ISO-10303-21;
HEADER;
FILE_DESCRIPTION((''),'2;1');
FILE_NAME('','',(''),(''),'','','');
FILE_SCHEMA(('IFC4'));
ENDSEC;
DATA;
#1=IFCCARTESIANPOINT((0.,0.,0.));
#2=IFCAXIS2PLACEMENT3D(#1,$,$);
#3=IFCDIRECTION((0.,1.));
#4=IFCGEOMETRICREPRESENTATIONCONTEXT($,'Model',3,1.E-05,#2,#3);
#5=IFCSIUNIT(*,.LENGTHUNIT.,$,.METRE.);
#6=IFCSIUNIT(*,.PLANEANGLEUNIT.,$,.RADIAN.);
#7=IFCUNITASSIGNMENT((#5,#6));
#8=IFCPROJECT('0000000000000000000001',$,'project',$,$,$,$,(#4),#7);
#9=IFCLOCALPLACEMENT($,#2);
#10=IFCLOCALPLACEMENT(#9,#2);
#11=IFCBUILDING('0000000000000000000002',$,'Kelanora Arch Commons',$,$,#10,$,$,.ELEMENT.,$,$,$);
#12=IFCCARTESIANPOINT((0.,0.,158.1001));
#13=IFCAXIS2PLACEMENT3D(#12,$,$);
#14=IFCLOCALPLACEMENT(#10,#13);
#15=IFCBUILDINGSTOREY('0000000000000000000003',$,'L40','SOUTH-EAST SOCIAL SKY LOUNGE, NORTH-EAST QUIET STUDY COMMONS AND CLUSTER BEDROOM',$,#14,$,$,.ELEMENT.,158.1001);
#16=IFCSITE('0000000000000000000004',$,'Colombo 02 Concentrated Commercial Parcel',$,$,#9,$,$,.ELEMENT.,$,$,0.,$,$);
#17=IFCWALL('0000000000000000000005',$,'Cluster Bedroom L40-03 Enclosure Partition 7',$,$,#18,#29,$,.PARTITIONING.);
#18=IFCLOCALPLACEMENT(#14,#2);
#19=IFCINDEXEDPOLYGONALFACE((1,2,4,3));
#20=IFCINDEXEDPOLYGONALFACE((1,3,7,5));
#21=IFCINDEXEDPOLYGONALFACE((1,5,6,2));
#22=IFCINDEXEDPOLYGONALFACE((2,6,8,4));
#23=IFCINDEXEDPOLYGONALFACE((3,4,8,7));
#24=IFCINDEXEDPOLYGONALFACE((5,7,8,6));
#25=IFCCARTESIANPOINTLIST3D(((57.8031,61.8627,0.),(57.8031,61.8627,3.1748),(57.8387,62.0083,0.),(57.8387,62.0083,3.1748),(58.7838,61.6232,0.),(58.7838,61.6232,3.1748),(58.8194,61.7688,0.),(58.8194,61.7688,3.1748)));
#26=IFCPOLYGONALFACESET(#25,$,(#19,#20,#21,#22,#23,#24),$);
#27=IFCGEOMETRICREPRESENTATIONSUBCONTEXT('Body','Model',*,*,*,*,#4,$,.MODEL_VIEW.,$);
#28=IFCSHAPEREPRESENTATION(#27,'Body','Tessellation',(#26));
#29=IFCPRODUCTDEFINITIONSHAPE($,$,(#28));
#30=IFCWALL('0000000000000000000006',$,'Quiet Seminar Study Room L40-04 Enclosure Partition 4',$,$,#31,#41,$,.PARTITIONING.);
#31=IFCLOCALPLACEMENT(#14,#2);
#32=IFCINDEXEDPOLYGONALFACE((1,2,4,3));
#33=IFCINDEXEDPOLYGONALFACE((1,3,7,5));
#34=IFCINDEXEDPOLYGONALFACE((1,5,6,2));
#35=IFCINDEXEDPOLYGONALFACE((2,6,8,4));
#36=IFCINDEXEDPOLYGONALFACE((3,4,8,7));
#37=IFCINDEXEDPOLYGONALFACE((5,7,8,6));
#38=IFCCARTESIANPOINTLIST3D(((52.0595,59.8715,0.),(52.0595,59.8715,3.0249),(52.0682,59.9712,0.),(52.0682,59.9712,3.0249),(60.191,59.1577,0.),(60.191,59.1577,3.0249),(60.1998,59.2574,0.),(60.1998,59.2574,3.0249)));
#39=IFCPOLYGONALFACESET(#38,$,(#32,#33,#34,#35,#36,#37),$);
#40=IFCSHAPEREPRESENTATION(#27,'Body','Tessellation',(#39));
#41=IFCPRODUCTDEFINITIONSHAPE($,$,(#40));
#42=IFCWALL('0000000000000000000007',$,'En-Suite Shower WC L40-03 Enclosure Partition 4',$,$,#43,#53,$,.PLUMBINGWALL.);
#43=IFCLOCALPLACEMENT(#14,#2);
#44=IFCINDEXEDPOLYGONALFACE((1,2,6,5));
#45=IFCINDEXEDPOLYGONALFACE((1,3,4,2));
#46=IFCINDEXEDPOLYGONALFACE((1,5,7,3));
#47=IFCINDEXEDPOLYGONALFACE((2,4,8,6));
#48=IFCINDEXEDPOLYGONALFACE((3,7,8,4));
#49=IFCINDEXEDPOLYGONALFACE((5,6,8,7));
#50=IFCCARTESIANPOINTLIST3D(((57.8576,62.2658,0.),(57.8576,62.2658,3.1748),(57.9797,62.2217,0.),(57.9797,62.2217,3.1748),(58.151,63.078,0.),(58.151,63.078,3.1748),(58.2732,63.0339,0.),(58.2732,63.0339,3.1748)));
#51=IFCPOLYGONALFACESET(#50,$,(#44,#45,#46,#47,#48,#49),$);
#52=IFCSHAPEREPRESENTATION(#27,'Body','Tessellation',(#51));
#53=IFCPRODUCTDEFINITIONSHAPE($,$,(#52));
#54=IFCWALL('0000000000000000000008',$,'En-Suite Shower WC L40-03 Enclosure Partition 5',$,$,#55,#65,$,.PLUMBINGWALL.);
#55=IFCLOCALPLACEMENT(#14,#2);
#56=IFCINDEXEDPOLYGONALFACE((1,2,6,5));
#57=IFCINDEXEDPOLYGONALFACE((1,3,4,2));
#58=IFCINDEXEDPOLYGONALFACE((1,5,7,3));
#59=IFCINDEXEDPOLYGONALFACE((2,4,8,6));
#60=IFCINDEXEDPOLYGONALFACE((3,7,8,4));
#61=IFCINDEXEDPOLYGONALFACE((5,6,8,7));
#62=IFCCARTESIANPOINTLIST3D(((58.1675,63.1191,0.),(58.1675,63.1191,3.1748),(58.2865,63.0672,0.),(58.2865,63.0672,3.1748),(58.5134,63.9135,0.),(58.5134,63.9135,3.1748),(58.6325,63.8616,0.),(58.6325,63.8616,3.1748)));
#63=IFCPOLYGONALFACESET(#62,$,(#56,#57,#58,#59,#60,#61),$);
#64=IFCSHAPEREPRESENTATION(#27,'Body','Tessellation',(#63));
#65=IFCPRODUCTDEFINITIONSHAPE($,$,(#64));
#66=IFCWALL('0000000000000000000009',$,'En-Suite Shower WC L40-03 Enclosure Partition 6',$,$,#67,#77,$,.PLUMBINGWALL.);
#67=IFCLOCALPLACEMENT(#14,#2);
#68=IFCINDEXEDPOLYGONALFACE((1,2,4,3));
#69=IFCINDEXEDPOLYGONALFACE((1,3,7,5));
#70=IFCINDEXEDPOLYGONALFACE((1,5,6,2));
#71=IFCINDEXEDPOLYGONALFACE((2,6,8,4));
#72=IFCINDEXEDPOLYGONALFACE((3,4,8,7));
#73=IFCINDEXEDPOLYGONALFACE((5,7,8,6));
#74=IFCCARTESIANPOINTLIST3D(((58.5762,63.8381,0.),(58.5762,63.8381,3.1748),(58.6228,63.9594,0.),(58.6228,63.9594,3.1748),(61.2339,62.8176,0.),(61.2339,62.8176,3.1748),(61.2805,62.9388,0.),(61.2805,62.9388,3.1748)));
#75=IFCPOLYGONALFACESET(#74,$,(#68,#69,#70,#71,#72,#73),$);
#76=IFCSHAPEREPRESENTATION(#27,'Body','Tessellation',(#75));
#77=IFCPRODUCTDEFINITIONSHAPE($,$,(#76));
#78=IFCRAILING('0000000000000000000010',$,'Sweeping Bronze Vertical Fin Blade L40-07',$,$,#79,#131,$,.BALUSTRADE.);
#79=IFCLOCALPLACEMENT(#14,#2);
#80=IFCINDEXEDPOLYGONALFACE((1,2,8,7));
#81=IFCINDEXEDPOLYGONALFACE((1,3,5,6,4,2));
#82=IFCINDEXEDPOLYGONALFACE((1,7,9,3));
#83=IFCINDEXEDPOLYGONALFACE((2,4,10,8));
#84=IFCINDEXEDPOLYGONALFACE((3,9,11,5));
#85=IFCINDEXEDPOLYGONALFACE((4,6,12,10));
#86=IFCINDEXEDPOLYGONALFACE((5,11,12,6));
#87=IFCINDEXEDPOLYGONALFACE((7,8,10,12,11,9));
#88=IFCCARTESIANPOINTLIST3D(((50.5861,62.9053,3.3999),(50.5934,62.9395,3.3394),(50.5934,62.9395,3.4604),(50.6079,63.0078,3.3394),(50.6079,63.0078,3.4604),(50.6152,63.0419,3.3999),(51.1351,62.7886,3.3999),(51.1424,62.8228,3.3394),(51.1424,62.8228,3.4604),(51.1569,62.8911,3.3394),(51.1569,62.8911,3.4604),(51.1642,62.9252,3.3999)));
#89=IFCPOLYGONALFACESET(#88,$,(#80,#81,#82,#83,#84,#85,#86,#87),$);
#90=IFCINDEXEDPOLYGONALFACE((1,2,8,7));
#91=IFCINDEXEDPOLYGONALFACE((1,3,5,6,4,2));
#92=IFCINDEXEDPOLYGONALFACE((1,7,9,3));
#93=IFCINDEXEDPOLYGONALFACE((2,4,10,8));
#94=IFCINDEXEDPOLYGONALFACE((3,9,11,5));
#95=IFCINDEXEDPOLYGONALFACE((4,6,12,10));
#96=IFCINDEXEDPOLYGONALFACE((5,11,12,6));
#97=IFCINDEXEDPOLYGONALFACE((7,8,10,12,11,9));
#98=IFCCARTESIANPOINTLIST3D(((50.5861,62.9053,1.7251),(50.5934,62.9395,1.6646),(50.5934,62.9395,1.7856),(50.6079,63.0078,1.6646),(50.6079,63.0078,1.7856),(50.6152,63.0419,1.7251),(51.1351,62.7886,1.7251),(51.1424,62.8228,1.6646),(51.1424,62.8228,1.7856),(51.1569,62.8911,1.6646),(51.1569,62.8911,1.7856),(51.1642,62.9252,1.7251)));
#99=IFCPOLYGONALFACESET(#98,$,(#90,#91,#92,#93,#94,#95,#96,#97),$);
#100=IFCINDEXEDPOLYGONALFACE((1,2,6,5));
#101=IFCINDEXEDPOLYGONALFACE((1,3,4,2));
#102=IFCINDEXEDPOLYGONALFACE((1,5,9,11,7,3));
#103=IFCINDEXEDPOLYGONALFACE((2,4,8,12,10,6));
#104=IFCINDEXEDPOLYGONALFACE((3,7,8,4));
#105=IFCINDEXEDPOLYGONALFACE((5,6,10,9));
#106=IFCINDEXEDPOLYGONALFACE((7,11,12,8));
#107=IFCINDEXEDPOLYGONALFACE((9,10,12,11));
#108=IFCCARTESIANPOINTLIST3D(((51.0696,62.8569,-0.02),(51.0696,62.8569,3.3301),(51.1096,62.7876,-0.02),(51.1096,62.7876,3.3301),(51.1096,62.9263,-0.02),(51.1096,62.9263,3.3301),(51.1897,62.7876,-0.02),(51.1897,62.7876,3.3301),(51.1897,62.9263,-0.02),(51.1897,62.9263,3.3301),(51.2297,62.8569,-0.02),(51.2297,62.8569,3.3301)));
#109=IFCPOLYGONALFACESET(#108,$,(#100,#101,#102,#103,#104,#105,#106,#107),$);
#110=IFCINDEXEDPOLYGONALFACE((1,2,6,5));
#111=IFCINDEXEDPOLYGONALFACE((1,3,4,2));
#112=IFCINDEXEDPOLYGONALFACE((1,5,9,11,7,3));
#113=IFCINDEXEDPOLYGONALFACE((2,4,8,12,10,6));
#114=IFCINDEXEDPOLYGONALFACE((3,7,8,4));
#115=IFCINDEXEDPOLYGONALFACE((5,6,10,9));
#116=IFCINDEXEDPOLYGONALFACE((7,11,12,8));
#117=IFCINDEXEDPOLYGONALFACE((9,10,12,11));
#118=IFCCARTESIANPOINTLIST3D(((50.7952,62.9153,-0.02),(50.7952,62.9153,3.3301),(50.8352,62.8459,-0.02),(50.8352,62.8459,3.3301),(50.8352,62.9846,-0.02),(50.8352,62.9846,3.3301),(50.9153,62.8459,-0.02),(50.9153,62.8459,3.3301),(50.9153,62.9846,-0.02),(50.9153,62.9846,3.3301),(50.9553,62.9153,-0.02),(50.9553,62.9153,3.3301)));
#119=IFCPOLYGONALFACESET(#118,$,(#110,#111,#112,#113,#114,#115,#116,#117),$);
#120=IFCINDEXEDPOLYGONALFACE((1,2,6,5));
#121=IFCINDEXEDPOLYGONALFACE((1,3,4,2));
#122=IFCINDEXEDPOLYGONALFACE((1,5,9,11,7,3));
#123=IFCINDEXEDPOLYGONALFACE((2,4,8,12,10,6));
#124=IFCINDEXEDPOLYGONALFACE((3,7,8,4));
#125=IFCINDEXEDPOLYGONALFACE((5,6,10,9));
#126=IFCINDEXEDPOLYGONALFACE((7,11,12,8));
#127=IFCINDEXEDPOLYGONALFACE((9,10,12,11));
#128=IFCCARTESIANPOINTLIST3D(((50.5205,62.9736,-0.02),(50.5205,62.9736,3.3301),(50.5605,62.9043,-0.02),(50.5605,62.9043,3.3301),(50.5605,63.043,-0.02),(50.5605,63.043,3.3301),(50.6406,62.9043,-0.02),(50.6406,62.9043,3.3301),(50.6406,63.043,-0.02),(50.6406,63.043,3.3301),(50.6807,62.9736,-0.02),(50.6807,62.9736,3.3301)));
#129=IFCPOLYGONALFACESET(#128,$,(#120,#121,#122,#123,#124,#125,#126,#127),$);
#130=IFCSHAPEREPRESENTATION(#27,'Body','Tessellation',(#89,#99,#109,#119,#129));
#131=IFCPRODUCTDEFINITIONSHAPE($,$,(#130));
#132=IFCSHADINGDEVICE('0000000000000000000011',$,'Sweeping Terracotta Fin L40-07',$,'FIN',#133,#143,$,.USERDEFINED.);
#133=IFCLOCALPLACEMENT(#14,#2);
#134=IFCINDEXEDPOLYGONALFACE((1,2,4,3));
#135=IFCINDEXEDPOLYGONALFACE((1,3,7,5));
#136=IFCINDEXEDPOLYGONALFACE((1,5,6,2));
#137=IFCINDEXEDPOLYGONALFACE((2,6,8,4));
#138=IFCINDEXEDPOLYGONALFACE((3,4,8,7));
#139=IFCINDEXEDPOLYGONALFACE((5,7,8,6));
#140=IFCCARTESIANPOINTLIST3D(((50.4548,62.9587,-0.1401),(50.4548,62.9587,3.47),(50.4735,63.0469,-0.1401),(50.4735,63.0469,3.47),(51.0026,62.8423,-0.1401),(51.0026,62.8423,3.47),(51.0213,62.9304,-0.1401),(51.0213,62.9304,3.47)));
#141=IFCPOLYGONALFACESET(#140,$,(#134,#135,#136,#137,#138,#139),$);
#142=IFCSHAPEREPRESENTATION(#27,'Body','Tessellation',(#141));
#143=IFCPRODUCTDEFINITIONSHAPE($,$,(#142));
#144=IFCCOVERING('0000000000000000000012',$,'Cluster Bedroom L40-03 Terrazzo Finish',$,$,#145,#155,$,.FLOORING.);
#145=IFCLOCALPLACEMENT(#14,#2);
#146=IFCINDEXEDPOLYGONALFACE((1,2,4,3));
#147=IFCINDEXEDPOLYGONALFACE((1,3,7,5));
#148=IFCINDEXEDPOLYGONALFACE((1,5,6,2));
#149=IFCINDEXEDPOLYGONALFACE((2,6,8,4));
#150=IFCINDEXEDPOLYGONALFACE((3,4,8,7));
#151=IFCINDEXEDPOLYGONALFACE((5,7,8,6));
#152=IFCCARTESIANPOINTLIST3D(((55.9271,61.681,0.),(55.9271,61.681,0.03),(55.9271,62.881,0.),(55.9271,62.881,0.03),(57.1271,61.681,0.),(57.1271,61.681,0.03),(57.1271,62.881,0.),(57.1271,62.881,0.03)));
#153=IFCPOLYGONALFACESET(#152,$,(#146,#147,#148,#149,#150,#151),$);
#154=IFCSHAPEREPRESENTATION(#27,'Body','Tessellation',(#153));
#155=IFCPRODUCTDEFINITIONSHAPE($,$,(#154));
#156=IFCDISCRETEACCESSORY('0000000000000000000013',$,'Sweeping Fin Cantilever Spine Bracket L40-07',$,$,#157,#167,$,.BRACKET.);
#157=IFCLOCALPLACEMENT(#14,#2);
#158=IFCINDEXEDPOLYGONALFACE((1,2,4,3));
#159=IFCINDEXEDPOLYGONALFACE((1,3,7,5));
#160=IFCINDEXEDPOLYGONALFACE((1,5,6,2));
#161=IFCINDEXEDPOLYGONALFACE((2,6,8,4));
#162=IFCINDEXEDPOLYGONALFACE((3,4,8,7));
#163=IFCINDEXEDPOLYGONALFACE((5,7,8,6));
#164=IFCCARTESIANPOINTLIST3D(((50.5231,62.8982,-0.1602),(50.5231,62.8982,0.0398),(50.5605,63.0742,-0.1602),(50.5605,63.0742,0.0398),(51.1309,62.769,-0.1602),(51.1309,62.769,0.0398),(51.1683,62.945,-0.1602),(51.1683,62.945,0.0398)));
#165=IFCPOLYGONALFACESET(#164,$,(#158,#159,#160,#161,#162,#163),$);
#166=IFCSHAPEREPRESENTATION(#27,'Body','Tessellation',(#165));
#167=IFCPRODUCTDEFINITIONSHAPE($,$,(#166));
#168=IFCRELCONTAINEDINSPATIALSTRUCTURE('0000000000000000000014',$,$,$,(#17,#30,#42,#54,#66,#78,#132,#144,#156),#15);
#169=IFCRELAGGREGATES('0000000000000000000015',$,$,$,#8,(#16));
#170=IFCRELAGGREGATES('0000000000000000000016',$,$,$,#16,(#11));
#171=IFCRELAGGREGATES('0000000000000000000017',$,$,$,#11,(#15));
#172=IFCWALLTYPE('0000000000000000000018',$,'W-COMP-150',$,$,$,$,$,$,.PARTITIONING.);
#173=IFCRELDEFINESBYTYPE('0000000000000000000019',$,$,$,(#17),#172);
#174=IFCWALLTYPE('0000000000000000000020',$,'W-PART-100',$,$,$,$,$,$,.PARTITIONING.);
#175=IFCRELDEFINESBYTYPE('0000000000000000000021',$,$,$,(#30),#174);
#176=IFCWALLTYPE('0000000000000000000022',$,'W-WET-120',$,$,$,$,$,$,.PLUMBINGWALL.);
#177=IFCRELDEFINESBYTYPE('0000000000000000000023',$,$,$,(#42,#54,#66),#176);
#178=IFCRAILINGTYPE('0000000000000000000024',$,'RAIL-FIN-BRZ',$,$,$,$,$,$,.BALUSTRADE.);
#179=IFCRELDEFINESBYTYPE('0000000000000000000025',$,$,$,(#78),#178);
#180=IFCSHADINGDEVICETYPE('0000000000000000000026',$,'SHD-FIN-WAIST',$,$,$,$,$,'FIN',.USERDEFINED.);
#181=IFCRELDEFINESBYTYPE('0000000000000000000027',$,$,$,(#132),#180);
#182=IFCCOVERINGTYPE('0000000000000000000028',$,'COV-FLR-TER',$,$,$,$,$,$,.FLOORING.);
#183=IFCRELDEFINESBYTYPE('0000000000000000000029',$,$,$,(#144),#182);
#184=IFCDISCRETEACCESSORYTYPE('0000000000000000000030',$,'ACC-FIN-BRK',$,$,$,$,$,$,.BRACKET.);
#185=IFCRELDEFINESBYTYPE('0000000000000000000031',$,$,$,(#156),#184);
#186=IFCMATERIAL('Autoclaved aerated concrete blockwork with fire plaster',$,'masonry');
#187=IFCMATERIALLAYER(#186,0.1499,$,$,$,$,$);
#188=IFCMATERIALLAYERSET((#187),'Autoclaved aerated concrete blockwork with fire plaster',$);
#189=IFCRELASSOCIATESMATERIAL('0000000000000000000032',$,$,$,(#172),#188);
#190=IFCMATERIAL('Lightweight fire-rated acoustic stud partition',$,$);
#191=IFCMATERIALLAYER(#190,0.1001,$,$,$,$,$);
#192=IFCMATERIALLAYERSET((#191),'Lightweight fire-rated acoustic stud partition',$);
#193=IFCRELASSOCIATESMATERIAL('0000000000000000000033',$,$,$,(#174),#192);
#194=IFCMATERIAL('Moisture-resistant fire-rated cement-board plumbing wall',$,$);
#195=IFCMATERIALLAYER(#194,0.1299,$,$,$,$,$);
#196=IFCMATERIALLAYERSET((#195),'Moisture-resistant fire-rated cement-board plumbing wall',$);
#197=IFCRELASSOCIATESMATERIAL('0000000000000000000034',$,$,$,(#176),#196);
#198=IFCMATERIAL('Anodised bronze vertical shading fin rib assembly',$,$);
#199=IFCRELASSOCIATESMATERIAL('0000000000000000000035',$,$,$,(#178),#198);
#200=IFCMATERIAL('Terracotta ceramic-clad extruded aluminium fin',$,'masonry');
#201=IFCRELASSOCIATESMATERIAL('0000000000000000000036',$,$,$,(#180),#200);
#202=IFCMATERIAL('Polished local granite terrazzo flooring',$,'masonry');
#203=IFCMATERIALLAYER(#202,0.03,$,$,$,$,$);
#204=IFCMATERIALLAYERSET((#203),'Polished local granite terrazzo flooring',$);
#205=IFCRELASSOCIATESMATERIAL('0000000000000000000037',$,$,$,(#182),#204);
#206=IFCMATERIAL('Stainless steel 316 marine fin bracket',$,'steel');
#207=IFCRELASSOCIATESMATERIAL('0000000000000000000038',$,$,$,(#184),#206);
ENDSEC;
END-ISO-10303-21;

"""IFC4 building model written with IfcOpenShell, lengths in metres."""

from ifc_helpers import new_model, si_unit, direction, frame, frame_2d, origin, origin_2d, place, context, subcontext, project, spatial, polyline, rectangle, outline, extrude, source, transform, mapped, material, layer, layer_set, type_object, element, save


model = new_model("IFC4")

# Units and contexts
model_context = context("Model", 3, precision=1e-05, world=origin(), true_north=direction((0.0, 1.0)))
body_context = subcontext(model_context, "Body", "Model", "MODEL_VIEW")
ifc_project = project(units=[si_unit("LENGTHUNIT", "METRE"), si_unit("PLANEANGLEUNIT", "RADIAN")], contexts=[model_context])

# Site, building, storey
site_placement = place(None, origin())
site = spatial("IfcSite", under=ifc_project, at=site_placement, Name="Colombo 02 Concentrated Commercial Parcel", CompositionType="ELEMENT", RefElevation=0.0)
building_placement = place(site_placement, origin())
building = spatial("IfcBuilding", under=site, at=building_placement, Name="Kelanora Arch Commons", CompositionType="ELEMENT")
storey_placement = place(building_placement, frame((0.0, 0.0, 158.1001)))
storey = spatial("IfcBuildingStorey", under=building, at=storey_placement, Name="L40", Description="SOUTH-EAST SOCIAL SKY LOUNGE, NORTH-EAST QUIET STUDY COMMONS AND CLUSTER BEDROOM", CompositionType="ELEMENT", Elevation=158.1001)

# Walls
ifc_material_1 = material(Name="Autoclaved aerated concrete blockwork with fire plaster", Category="masonry")
ifc_layer_1 = layer(ifc_material_1, 0.1499)
ifc_layer_set_1 = layer_set([ifc_layer_1], Name="Autoclaved aerated concrete blockwork with fire plaster")
wall_type_1 = type_object("IfcWallType", Name="W-COMP-150", PredefinedType="PARTITIONING", material=ifc_layer_set_1)
wall_1_placement = place(storey_placement, frame((57.8208, 61.9355, 0.0), z_axis=(0.0, 0.0, 1.0), x_axis=(0.971451, -0.23724, 0.0)))
element("IfcWall", 1, at=wall_1_placement, inside=storey, type_object=wall_type_1, Name="Cluster Bedroom L40-03 Enclosure Partition 7", PredefinedType="PARTITIONING", context=body_context, shape_type="SweptSolid", body=[
    extrude(rectangle(XDim=1.0095, YDim=0.1499, at=frame_2d((0.5049, 0.0))), origin(), (0.0, 0.0, 1.0), 3.1748),
])
ifc_material_2 = material(Name="Lightweight fire-rated acoustic stud partition")
ifc_layer_2 = layer(ifc_material_2, 0.1001)
ifc_layer_set_2 = layer_set([ifc_layer_2], Name="Lightweight fire-rated acoustic stud partition")
wall_type_2 = type_object("IfcWallType", Name="W-PART-100", PredefinedType="PARTITIONING", material=ifc_layer_set_2)
wall_2_placement = place(storey_placement, frame((52.0637, 59.9214, 0.0), z_axis=(0.0, 0.0, 1.0), x_axis=(0.996169, -0.087453, 0.0)))
element("IfcWall", 2, at=wall_2_placement, inside=storey, type_object=wall_type_2, Name="Quiet Seminar Study Room L40-04 Enclosure Partition 4", PredefinedType="PARTITIONING", context=body_context, shape_type="SweptSolid", body=[
    extrude(rectangle(XDim=8.1628, YDim=0.1001, at=frame_2d((4.0815, 0.0))), origin(), (0.0, 0.0, 1.0), 3.0249),
])
ifc_material_3 = material(Name="Moisture-resistant fire-rated cement-board plumbing wall")
ifc_layer_3 = layer(ifc_material_3, 0.1299)
ifc_layer_set_3 = layer_set([ifc_layer_3], Name="Moisture-resistant fire-rated cement-board plumbing wall")
wall_type_3 = type_object("IfcWallType", Name="W-WET-120", PredefinedType="PLUMBINGWALL", material=ifc_layer_set_3)
wall_3_placement = place(storey_placement, frame((57.9187, 62.2439, 0.0), z_axis=(0.0, 0.0, 1.0), x_axis=(0.33979, 0.940501, 0.0)))
element("IfcWall", 3, at=wall_3_placement, inside=storey, type_object=wall_type_3, Name="En-Suite Shower WC L40-03 Enclosure Partition 4", PredefinedType="PLUMBINGWALL", context=body_context, shape_type="SweptSolid", body=[
    extrude(rectangle(XDim=0.8635, YDim=0.1299, at=frame_2d((0.4316, 0.0))), origin(), (0.0, 0.0, 1.0), 3.1748),
])
wall_4_placement = place(storey_placement, frame((58.2271, 63.0933, 0.0), z_axis=(0.0, 0.0, 1.0), x_axis=(0.399251, 0.916841, 0.0)))
element("IfcWall", 4, at=wall_4_placement, inside=storey, type_object=wall_type_3, Name="En-Suite Shower WC L40-03 Enclosure Partition 5", PredefinedType="PLUMBINGWALL", context=body_context, shape_type="SweptSolid", body=[
    extrude(rectangle(XDim=0.8665, YDim=0.1299, at=frame_2d((0.4331, 0.0))), origin(), (0.0, 0.0, 1.0), 3.1748),
])
wall_5_placement = place(storey_placement, frame((58.5996, 63.8987, 0.0), z_axis=(0.0, 0.0, 1.0), x_axis=(0.933544, -0.358462, 0.0)))
element("IfcWall", 5, at=wall_5_placement, inside=storey, type_object=wall_type_3, Name="En-Suite Shower WC L40-03 Enclosure Partition 6", PredefinedType="PLUMBINGWALL", context=body_context, shape_type="SweptSolid", body=[
    extrude(rectangle(XDim=2.8469, YDim=0.1299, at=frame_2d((1.4233, 0.0))), origin(), (0.0, 0.0, 1.0), 3.1748),
])

# Railing
ifc_material_4 = material(Name="Anodised bronze vertical shading fin rib assembly")
railing_type = type_object("IfcRailingType", Name="RAIL-FIN-BRZ", PredefinedType="BALUSTRADE", material=ifc_material_4)
railing_placement = place(storey_placement, frame((51.1497, 62.8569, -0.02)))
element("IfcRailing", 6, at=railing_placement, inside=storey, type_object=railing_type, Name="Sweeping Bronze Vertical Fin Blade L40-07", PredefinedType="BALUSTRADE", context=body_context, shape_type="SweptSolid", body=[
    extrude(outline(polyline([(0.0698, 0.0), (0.0349, 0.0605), (-0.0349, 0.0605), (-0.0698, 0.0), (-0.0349, -0.0605), (0.0349, -0.0605), (0.0698, 0.0)])), frame((0.0, 0.0, 3.4199), z_axis=(-0.978151, 0.207895, 0.0), x_axis=(-0.207895, -0.978151, 0.0)), (0.0, 0.0, 1.0), 0.5613),
    extrude(outline(polyline([(0.0698, 0.0), (0.0349, 0.0605), (-0.0349, 0.0605), (-0.0698, 0.0), (-0.0349, -0.0605), (0.0349, -0.0605), (0.0698, 0.0)])), frame((0.0, 0.0, 1.7451), z_axis=(-0.978151, 0.207895, 0.0), x_axis=(-0.207895, -0.978151, 0.0)), (0.0, 0.0, 1.0), 0.5613),
    extrude(outline(polyline([(0.0801, 0.0), (0.04, 0.0693), (-0.04, 0.0693), (-0.0801, 0.0), (-0.04, -0.0693), (0.04, -0.0693), (0.0801, 0.0)])), origin(), (0.0, 0.0, 1.0), 3.3501),
    extrude(outline(polyline([(0.0801, 0.0), (0.04, 0.0693), (-0.04, 0.0693), (-0.0801, 0.0), (-0.04, -0.0693), (0.04, -0.0693), (0.0801, 0.0)])), frame((-0.2744, 0.0583, 0.0)), (0.0, 0.0, 1.0), 3.3501),
    extrude(outline(polyline([(0.0801, 0.0), (0.04, 0.0693), (-0.04, 0.0693), (-0.0801, 0.0), (-0.04, -0.0693), (0.04, -0.0693), (0.0801, 0.0)])), frame((-0.5491, 0.1167, 0.0)), (0.0, 0.0, 1.0), 3.3501),
])

# Shading device
ifc_material_5 = material(Name="Terracotta ceramic-clad extruded aluminium fin", Category="masonry")
shading_device_type = type_object("IfcShadingDeviceType", Name="SHD-FIN-WAIST", ElementType="FIN", PredefinedType="USERDEFINED", material=ifc_material_5)
shared_shape_1 = source(origin(), body_context, "Body", "SweptSolid", [
    extrude(rectangle(XDim=0.5601, YDim=0.0901, at=origin_2d()), origin(), (0.0, 0.0, 1.0), 3.6101),
])
shading_device_placement = place(storey_placement, frame((50.738, 62.9446, -0.1401), z_axis=(0.0, 0.0, 1.0), x_axis=(-0.978148, 0.207912, 0.0)))
element("IfcShadingDevice", 7, at=shading_device_placement, inside=storey, type_object=shading_device_type, Name="Sweeping Terracotta Fin L40-07", ObjectType="FIN", PredefinedType="USERDEFINED", context=body_context, shape_type="MappedRepresentation", body=[
    mapped(shared_shape_1, transform((0.0, 0.0, 0.0), scale=1.0)),
])

# Covering
ifc_material_6 = material(Name="Polished local granite terrazzo flooring", Category="masonry")
ifc_layer_4 = layer(ifc_material_6, 0.03)
ifc_layer_set_4 = layer_set([ifc_layer_4], Name="Polished local granite terrazzo flooring")
covering_type = type_object("IfcCoveringType", Name="COV-FLR-TER", PredefinedType="FLOORING", material=ifc_layer_set_4)
shared_shape_2 = source(origin(), body_context, "Body", "SweptSolid", [
    extrude(rectangle(XDim=1.2, YDim=1.2, at=origin_2d()), origin(), (0.0, 0.0, 1.0), 0.03),
])
covering_placement = place(storey_placement, frame((56.5271, 62.281, 0.0), z_axis=(0.0, 0.0, 1.0), x_axis=(1.0, 0.0, 0.0)))
element("IfcCovering", 8, at=covering_placement, inside=storey, type_object=covering_type, Name="Cluster Bedroom L40-03 Terrazzo Finish", PredefinedType="FLOORING", context=body_context, shape_type="MappedRepresentation", body=[
    mapped(shared_shape_2, transform((0.0, 0.0, 0.0), scale=1.0)),
])

# Discrete accessory
ifc_material_7 = material(Name="Stainless steel 316 marine fin bracket", Category="steel")
discrete_accessory_type = type_object("IfcDiscreteAccessoryType", Name="ACC-FIN-BRK", PredefinedType="BRACKET", material=ifc_material_7)
shared_shape_3 = source(origin(), body_context, "Body", "SweptSolid", [
    extrude(rectangle(XDim=0.6213, YDim=0.1799, at=origin_2d()), origin(), (0.0, 0.0, 1.0), 0.2),
])
discrete_accessory_placement = place(storey_placement, frame((50.8457, 62.9216, -0.1602), z_axis=(0.0, 0.0, 1.0), x_axis=(-0.978148, 0.207912, 0.0)))
element("IfcDiscreteAccessory", 9, at=discrete_accessory_placement, inside=storey, type_object=discrete_accessory_type, Name="Sweeping Fin Cantilever Spine Bracket L40-07", PredefinedType="BRACKET", context=body_context, shape_type="MappedRepresentation", body=[
    mapped(shared_shape_3, transform((0.0, 0.0, 0.0), scale=1.0)),
])

save(model, "model.ifc")
